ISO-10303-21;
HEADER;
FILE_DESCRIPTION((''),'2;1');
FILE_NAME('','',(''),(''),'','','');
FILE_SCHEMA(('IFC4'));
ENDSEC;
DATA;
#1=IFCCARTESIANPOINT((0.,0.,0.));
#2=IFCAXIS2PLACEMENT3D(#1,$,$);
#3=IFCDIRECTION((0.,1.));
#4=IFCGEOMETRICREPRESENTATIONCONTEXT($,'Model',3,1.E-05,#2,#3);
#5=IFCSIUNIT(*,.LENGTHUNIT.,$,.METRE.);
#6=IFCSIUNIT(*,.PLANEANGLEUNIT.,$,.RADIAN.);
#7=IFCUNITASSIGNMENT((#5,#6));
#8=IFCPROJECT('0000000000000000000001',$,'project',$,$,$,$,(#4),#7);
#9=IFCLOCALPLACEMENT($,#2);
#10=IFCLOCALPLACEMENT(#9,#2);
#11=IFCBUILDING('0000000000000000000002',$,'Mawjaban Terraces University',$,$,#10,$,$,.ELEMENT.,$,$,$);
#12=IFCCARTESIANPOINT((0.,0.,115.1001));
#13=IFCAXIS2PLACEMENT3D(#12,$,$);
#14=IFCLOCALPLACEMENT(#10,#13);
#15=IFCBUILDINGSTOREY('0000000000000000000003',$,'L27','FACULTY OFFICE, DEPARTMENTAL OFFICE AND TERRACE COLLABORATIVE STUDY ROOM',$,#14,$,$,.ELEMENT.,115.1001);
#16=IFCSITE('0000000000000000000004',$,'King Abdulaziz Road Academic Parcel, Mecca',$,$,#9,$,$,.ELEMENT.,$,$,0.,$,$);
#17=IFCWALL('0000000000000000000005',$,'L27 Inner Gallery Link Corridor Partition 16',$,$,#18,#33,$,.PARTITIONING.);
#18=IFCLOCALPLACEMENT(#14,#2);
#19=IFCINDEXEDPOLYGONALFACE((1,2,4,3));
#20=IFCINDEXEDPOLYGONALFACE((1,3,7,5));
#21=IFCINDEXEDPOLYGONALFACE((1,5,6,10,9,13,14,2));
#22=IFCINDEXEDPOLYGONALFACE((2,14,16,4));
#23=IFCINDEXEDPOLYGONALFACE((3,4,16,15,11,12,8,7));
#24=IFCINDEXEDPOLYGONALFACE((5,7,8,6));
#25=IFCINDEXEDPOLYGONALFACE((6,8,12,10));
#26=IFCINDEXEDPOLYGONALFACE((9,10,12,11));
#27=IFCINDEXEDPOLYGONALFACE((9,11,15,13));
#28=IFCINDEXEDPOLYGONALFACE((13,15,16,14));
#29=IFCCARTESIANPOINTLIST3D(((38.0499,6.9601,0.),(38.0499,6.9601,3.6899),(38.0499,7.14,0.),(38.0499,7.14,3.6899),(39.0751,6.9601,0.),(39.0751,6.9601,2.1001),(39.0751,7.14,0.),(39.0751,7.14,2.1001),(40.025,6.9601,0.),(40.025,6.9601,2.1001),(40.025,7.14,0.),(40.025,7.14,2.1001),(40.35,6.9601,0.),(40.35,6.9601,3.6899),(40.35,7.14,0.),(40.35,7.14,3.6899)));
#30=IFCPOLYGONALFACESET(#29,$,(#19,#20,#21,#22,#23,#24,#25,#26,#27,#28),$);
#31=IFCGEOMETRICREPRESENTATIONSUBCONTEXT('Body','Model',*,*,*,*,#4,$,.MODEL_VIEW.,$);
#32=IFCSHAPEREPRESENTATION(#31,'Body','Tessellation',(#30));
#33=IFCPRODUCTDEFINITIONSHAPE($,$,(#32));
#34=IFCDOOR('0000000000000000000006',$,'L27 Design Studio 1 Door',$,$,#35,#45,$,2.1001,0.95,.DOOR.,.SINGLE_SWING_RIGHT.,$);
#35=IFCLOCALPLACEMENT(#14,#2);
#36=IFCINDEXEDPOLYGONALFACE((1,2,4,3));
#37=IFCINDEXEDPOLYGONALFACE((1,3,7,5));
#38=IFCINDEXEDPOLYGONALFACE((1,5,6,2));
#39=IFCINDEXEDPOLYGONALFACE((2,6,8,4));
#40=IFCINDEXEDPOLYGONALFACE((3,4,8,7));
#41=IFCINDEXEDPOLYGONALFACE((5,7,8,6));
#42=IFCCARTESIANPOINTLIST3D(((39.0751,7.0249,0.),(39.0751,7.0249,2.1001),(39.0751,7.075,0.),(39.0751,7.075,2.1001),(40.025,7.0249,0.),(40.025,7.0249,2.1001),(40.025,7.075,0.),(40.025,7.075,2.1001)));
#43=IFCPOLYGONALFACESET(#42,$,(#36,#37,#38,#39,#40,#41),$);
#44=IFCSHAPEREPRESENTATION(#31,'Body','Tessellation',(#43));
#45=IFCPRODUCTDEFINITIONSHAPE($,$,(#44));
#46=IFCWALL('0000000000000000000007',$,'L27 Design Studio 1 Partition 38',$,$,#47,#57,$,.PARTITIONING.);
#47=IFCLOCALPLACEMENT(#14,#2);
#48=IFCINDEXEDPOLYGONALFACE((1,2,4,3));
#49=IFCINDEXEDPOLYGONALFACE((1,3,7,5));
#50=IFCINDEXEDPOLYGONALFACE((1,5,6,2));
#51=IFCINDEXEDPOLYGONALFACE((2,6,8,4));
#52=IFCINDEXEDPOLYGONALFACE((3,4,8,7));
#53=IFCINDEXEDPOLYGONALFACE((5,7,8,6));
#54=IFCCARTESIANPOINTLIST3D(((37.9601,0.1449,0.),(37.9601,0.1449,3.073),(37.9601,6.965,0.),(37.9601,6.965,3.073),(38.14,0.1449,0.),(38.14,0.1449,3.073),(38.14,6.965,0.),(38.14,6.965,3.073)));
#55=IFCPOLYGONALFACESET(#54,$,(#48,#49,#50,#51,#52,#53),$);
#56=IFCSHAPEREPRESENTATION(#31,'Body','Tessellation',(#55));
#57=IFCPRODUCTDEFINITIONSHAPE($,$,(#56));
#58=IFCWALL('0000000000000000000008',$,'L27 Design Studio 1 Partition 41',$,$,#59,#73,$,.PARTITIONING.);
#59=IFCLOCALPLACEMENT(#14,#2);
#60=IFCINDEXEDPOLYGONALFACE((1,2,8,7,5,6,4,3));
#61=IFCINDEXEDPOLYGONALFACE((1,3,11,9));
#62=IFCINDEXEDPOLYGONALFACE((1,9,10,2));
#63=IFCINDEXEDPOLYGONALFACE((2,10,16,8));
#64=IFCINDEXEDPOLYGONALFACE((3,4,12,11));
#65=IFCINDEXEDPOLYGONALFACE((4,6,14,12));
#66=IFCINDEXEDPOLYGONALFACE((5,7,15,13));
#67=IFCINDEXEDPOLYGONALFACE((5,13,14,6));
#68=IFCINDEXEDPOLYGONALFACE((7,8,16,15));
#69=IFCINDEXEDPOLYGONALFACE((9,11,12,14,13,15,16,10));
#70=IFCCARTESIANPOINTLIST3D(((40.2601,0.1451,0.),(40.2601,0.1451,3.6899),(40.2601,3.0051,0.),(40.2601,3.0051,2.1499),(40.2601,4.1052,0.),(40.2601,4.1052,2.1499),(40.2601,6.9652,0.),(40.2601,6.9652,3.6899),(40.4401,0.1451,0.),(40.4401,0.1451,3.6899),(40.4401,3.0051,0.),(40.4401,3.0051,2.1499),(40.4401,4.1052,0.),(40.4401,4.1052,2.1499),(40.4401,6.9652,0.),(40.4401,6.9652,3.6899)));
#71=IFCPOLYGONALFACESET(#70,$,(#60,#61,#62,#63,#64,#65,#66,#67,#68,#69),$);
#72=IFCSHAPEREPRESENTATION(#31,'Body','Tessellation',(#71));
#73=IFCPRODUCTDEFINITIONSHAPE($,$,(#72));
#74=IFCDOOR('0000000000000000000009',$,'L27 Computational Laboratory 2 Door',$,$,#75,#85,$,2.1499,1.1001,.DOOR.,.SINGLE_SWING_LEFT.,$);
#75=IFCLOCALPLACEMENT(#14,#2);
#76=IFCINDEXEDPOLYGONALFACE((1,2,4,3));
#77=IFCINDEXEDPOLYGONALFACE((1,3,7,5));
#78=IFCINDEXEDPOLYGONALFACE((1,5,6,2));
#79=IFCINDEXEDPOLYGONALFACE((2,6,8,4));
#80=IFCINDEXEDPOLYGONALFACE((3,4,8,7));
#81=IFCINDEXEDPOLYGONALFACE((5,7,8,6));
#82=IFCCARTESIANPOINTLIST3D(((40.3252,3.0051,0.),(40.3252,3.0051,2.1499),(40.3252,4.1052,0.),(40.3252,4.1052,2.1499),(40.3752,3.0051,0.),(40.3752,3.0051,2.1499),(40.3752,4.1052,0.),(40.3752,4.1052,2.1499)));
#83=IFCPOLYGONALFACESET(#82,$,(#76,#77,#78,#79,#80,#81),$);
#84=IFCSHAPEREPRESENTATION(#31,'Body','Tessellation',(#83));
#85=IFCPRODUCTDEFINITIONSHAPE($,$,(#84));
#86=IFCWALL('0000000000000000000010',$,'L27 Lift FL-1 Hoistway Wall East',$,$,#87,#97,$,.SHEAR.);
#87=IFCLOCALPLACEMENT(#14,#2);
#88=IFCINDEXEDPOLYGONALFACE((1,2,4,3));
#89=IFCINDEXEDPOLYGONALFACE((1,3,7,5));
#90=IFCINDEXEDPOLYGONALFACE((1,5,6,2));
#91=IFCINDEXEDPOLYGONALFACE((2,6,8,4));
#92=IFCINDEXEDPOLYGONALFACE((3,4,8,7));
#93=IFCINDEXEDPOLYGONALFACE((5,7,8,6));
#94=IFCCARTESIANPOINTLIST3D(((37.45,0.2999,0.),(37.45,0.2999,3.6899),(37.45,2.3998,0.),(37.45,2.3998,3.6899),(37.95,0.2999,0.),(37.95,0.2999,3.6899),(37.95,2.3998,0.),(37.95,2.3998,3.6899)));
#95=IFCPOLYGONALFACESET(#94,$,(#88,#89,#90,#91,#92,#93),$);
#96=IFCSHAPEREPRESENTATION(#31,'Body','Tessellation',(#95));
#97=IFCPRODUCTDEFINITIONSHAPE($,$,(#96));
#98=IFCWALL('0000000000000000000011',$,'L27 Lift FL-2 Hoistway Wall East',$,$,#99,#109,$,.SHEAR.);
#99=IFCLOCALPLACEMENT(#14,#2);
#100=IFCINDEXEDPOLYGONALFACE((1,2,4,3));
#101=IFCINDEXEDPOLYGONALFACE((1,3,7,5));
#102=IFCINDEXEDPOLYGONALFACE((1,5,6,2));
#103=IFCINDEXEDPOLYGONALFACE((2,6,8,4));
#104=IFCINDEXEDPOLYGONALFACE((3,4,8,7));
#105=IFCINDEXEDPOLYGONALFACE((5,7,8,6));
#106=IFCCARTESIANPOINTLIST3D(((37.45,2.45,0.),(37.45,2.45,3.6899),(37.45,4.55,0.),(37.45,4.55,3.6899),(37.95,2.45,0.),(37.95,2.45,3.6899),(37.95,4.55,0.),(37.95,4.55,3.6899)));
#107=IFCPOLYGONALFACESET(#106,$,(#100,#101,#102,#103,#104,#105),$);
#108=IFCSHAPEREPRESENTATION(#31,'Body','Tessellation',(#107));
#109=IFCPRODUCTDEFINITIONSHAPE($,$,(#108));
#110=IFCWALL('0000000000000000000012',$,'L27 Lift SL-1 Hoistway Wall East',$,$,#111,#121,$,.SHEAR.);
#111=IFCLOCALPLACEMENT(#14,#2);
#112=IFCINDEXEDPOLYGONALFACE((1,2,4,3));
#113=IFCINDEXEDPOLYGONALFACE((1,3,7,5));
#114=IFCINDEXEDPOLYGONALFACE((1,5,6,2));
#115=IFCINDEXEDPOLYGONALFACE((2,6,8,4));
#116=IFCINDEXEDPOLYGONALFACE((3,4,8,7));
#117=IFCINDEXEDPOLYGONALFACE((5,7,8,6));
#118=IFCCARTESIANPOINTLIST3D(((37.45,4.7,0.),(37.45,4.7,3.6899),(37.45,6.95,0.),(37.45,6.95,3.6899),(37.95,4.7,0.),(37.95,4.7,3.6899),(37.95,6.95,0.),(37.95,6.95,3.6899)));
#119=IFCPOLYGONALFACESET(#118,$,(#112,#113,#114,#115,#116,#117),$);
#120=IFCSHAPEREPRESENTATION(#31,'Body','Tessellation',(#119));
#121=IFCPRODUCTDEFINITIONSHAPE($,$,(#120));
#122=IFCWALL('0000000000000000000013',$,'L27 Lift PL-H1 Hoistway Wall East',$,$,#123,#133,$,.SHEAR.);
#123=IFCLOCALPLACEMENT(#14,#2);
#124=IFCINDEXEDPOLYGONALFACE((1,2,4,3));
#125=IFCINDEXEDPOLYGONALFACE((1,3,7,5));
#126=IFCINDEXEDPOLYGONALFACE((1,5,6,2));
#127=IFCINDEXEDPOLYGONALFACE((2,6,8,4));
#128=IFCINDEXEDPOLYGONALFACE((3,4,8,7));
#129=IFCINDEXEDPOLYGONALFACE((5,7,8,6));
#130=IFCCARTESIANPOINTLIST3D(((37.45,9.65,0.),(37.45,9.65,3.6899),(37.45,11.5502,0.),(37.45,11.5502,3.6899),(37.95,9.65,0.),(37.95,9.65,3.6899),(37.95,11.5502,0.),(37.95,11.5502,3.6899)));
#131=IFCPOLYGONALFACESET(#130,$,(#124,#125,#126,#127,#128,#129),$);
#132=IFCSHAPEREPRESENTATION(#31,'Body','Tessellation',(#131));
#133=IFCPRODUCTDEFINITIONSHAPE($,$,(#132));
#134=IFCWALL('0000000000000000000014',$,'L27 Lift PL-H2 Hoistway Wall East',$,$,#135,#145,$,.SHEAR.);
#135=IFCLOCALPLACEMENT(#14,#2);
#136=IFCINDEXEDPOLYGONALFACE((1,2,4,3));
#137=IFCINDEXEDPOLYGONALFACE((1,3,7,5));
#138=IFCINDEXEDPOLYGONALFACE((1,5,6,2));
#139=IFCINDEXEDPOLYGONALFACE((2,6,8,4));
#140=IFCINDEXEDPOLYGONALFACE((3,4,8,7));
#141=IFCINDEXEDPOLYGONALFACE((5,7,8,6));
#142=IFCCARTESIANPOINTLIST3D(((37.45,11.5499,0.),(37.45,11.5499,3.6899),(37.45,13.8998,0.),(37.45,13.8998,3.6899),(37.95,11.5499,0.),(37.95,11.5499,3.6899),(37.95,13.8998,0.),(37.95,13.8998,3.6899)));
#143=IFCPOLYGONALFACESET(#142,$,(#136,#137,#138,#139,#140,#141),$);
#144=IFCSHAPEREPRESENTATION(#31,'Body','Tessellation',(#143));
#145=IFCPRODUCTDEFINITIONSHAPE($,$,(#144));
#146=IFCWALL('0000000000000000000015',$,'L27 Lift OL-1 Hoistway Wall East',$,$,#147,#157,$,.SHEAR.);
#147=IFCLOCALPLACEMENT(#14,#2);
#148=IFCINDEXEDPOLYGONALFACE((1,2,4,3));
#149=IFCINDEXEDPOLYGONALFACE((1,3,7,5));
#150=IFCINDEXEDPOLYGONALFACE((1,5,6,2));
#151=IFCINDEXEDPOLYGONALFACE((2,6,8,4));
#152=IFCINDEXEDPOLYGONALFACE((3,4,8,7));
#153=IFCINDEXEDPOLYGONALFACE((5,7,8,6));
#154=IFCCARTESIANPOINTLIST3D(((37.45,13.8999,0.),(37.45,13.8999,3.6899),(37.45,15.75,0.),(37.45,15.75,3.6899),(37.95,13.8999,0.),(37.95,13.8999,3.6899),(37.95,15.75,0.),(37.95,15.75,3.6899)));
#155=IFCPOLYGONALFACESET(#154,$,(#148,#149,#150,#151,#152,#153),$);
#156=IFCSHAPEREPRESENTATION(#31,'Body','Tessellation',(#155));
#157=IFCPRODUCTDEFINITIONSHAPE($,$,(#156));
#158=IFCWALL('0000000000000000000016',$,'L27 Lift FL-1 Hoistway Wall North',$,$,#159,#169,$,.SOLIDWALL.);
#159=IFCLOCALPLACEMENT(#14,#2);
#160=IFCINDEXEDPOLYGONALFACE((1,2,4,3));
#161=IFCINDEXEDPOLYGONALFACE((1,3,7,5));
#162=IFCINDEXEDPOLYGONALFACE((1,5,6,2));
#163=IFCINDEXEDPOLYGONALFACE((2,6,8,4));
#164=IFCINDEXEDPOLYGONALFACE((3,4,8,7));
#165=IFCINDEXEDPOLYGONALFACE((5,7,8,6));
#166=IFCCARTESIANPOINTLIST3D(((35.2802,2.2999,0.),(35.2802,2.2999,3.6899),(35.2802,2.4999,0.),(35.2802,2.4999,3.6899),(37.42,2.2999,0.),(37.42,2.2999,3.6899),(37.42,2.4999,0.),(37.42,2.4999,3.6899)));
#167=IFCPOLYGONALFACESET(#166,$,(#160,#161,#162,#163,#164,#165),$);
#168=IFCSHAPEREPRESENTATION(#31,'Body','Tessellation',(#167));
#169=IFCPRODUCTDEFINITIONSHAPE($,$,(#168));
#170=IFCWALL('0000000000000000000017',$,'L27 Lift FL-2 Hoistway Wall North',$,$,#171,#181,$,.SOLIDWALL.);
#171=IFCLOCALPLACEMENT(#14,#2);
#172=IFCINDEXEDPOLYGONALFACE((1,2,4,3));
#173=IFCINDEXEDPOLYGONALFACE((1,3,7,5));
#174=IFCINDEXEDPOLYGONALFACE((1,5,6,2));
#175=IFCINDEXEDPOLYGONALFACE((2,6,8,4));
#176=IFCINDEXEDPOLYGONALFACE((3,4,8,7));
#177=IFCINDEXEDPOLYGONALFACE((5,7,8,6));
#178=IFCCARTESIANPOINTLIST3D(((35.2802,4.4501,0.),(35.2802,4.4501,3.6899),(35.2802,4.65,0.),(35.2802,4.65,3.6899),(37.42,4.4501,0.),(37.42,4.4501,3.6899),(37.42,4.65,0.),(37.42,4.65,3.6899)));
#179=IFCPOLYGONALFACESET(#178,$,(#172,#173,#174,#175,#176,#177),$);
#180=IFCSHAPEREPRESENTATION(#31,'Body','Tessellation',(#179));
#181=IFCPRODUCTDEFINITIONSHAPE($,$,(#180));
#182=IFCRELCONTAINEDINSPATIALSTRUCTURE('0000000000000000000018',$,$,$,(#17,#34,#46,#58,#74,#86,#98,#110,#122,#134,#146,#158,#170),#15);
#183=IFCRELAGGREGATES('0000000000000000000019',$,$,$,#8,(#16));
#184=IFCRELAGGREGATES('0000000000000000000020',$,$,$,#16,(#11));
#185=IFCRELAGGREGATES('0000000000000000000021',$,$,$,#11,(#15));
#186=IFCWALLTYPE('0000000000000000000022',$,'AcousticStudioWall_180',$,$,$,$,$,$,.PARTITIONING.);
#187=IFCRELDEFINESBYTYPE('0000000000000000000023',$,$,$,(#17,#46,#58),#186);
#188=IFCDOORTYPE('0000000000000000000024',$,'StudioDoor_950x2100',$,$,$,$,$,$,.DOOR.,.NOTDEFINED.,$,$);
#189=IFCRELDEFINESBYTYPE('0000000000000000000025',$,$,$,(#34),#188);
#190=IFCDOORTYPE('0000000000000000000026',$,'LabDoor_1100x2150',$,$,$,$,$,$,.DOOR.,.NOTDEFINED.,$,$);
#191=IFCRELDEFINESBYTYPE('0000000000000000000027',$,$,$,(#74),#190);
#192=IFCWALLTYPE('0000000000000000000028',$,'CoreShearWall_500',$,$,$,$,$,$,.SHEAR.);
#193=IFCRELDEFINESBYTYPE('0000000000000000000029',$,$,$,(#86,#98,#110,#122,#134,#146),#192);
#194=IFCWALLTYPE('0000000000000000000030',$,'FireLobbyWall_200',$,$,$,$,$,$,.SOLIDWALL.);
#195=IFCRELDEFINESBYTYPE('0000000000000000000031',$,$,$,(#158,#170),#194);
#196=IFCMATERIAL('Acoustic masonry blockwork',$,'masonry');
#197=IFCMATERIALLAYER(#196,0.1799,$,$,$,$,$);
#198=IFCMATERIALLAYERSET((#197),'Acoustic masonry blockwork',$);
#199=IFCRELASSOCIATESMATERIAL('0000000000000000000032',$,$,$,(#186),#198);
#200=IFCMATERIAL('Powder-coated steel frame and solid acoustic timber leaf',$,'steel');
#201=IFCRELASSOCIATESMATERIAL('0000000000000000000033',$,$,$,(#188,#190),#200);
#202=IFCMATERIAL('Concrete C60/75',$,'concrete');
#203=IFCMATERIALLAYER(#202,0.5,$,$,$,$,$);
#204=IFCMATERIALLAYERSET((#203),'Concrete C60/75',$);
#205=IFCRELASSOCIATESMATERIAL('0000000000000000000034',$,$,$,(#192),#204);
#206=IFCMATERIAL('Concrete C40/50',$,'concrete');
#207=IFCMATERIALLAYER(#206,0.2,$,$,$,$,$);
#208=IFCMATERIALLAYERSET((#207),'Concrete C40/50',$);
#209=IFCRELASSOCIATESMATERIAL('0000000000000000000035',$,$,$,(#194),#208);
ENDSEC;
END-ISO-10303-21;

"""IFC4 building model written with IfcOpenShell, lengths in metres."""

from ifc_helpers import new_model, si_unit, direction, frame, frame_2d, origin, place, context, subcontext, project, spatial, rectangle, extrude, material, layer, layer_set, type_object, element, fill, save


model = new_model("IFC4")

# Units and contexts
model_context = context("Model", 3, precision=1e-05, world=origin(), true_north=direction((0.0, 1.0)))
body_context = subcontext(model_context, "Body", "Model", "MODEL_VIEW")
ifc_project = project(units=[si_unit("LENGTHUNIT", "METRE"), si_unit("PLANEANGLEUNIT", "RADIAN")], contexts=[model_context])

# Site, building, storey
site_placement = place(None, origin())
site = spatial("IfcSite", under=ifc_project, at=site_placement, Name="King Abdulaziz Road Academic Parcel, Mecca", CompositionType="ELEMENT", RefElevation=0.0)
building_placement = place(site_placement, origin())
building = spatial("IfcBuilding", under=site, at=building_placement, Name="Mawjaban Terraces University", CompositionType="ELEMENT")
storey_placement = place(building_placement, frame((0.0, 0.0, 115.1001)))
storey = spatial("IfcBuildingStorey", under=building, at=storey_placement, Name="L27", Description="FACULTY OFFICE, DEPARTMENTAL OFFICE AND TERRACE COLLABORATIVE STUDY ROOM", CompositionType="ELEMENT", Elevation=115.1001)

# Shared definitions
ifc_material_1 = material(Name="Concrete C60/75", Category="concrete")

# Wall, opening, door
ifc_material_2 = material(Name="Acoustic masonry blockwork", Category="masonry")
ifc_layer_1 = layer(ifc_material_2, 0.1799)
ifc_layer_set_1 = layer_set([ifc_layer_1], Name="Acoustic masonry blockwork")
wall_type_1 = type_object("IfcWallType", Name="AcousticStudioWall_180", PredefinedType="PARTITIONING", material=ifc_layer_set_1)
wall_1_placement = place(storey_placement, frame((38.05, 7.05, 0.0), z_axis=(0.0, 0.0, 1.0), x_axis=(1.0, 0.0, 0.0)))
wall_1 = element("IfcWall", 1, at=wall_1_placement, inside=storey, type_object=wall_type_1, Name="L27 Inner Gallery Link Corridor Partition 16", PredefinedType="PARTITIONING", context=body_context, shape_type="SweptSolid", body=[
    extrude(rectangle(XDim=2.3, YDim=0.1799, at=frame_2d((1.1499, 0.0))), origin(), (0.0, 0.0, 1.0), 3.6899),
])
opening_1_placement = place(wall_1_placement, frame((1.0249, 0.0, 0.0)))
opening_1 = element("IfcOpeningElement", 2, at=opening_1_placement, cuts=wall_1, PredefinedType="OPENING", context=body_context, shape_type="SweptSolid", body=[
    extrude(rectangle(XDim=0.95, YDim=2.1001, at=frame_2d((0.4751, 1.05))), frame((0.0, 0.0999, 0.0), z_axis=(0.0, -1.0, 0.0), x_axis=(1.0, 0.0, 0.0)), (0.0, 0.0, 1.0), 0.2),
])
ifc_material_3 = material(Name="Powder-coated steel frame and solid acoustic timber leaf", Category="steel")
door_type_1 = type_object("IfcDoorType", Name="StudioDoor_950x2100", OperationType="NOTDEFINED", PredefinedType="DOOR", material=ifc_material_3)
door_1_placement = place(opening_1_placement, origin())
door_1 = element("IfcDoor", 3, at=door_1_placement, inside=storey, type_object=door_type_1, Name="L27 Design Studio 1 Door", OperationType="SINGLE_SWING_RIGHT", OverallHeight=2.1001, OverallWidth=0.95, PredefinedType="DOOR", context=body_context, shape_type="SweptSolid", body=[
    extrude(rectangle(XDim=0.95, YDim=2.1001, at=frame_2d((0.4751, 1.05))), frame((0.0, 0.0249, 0.0), z_axis=(0.0, -1.0, 0.0), x_axis=(1.0, 0.0, 0.0)), (0.0, 0.0, 1.0), 0.05),
])
fill(opening_1, door_1)

# Wall
wall_2_placement = place(storey_placement, frame((38.05, 6.9651, 0.0), z_axis=(0.0, 0.0, 1.0), x_axis=(0.0, -1.0, 0.0)))
element("IfcWall", 4, at=wall_2_placement, inside=storey, type_object=wall_type_1, Name="L27 Design Studio 1 Partition 38", PredefinedType="PARTITIONING", context=body_context, shape_type="SweptSolid", body=[
    extrude(rectangle(XDim=6.8201, YDim=0.1799, at=frame_2d((3.4102, 0.0))), origin(), (0.0, 0.0, 1.0), 3.073),
])

# Wall, opening, door
wall_3_placement = place(storey_placement, frame((40.3501, 0.145, 0.0), z_axis=(0.0, 0.0, 1.0), x_axis=(0.0, 1.0, 0.0)))
wall_3 = element("IfcWall", 5, at=wall_3_placement, inside=storey, type_object=wall_type_1, Name="L27 Design Studio 1 Partition 41", PredefinedType="PARTITIONING", context=body_context, shape_type="SweptSolid", body=[
    extrude(rectangle(XDim=6.8201, YDim=0.1799, at=frame_2d((3.4102, 0.0))), origin(), (0.0, 0.0, 1.0), 3.6899),
])
opening_2_placement = place(wall_3_placement, frame((2.8601, 0.0, 0.0)))
opening_2 = element("IfcOpeningElement", 6, at=opening_2_placement, cuts=wall_3, PredefinedType="OPENING", context=body_context, shape_type="SweptSolid", body=[
    extrude(rectangle(XDim=1.1001, YDim=2.1499, at=frame_2d((0.55, 1.075))), frame((0.0, 0.0999, 0.0), z_axis=(0.0, -1.0, 0.0), x_axis=(1.0, 0.0, 0.0)), (0.0, 0.0, 1.0), 0.2),
])
door_type_2 = type_object("IfcDoorType", Name="LabDoor_1100x2150", OperationType="NOTDEFINED", PredefinedType="DOOR", material=ifc_material_3)
door_2_placement = place(opening_2_placement, origin())
door_2 = element("IfcDoor", 7, at=door_2_placement, inside=storey, type_object=door_type_2, Name="L27 Computational Laboratory 2 Door", OperationType="SINGLE_SWING_LEFT", OverallHeight=2.1499, OverallWidth=1.1001, PredefinedType="DOOR", context=body_context, shape_type="SweptSolid", body=[
    extrude(rectangle(XDim=1.1001, YDim=2.1499, at=frame_2d((0.55, 1.075))), frame((0.0, 0.0249, 0.0), z_axis=(0.0, -1.0, 0.0), x_axis=(1.0, 0.0, 0.0)), (0.0, 0.0, 1.0), 0.05),
])
fill(opening_2, door_2)

# Walls
ifc_layer_2 = layer(ifc_material_1, 0.5)
ifc_layer_set_2 = layer_set([ifc_layer_2], Name="Concrete C60/75")
wall_type_2 = type_object("IfcWallType", Name="CoreShearWall_500", PredefinedType="SHEAR", material=ifc_layer_set_2)
wall_4_placement = place(storey_placement, frame((37.7, 0.3, 0.0), z_axis=(0.0, 0.0, 1.0), x_axis=(0.0, 1.0, 0.0)))
element("IfcWall", 8, at=wall_4_placement, inside=storey, type_object=wall_type_2, Name="L27 Lift FL-1 Hoistway Wall East", PredefinedType="SHEAR", context=body_context, shape_type="SweptSolid", body=[
    extrude(rectangle(XDim=2.0999, YDim=0.5, at=frame_2d((1.0498, 0.0))), origin(), (0.0, 0.0, 1.0), 3.6899),
])
wall_5_placement = place(storey_placement, frame((37.7, 2.45, 0.0), z_axis=(0.0, 0.0, 1.0), x_axis=(0.0, 1.0, 0.0)))
element("IfcWall", 9, at=wall_5_placement, inside=storey, type_object=wall_type_2, Name="L27 Lift FL-2 Hoistway Wall East", PredefinedType="SHEAR", context=body_context, shape_type="SweptSolid", body=[
    extrude(rectangle(XDim=2.1001, YDim=0.5, at=frame_2d((1.05, 0.0))), origin(), (0.0, 0.0, 1.0), 3.6899),
])
wall_6_placement = place(storey_placement, frame((37.7, 4.7, 0.0), z_axis=(0.0, 0.0, 1.0), x_axis=(0.0, 1.0, 0.0)))
element("IfcWall", 10, at=wall_6_placement, inside=storey, type_object=wall_type_2, Name="L27 Lift SL-1 Hoistway Wall East", PredefinedType="SHEAR", context=body_context, shape_type="SweptSolid", body=[
    extrude(rectangle(XDim=2.25, YDim=0.5, at=frame_2d((1.125, 0.0))), origin(), (0.0, 0.0, 1.0), 3.6899),
])
wall_7_placement = place(storey_placement, frame((37.7, 9.6499, 0.0), z_axis=(0.0, 0.0, 1.0), x_axis=(0.0, 1.0, 0.0)))
element("IfcWall", 11, at=wall_7_placement, inside=storey, type_object=wall_type_2, Name="L27 Lift PL-H1 Hoistway Wall East", PredefinedType="SHEAR", context=body_context, shape_type="SweptSolid", body=[
    extrude(rectangle(XDim=1.9001, YDim=0.5, at=frame_2d((0.9502, 0.0))), origin(), (0.0, 0.0, 1.0), 3.6899),
])
wall_8_placement = place(storey_placement, frame((37.7, 11.55, 0.0), z_axis=(0.0, 0.0, 1.0), x_axis=(0.0, 1.0, 0.0)))
element("IfcWall", 12, at=wall_8_placement, inside=storey, type_object=wall_type_2, Name="L27 Lift PL-H2 Hoistway Wall East", PredefinedType="SHEAR", context=body_context, shape_type="SweptSolid", body=[
    extrude(rectangle(XDim=2.3499, YDim=0.5, at=frame_2d((1.1748, 0.0))), origin(), (0.0, 0.0, 1.0), 3.6899),
])
wall_9_placement = place(storey_placement, frame((37.7, 13.8999, 0.0), z_axis=(0.0, 0.0, 1.0), x_axis=(0.0, 1.0, 0.0)))
element("IfcWall", 13, at=wall_9_placement, inside=storey, type_object=wall_type_2, Name="L27 Lift OL-1 Hoistway Wall East", PredefinedType="SHEAR", context=body_context, shape_type="SweptSolid", body=[
    extrude(rectangle(XDim=1.8501, YDim=0.5, at=frame_2d((0.925, 0.0))), origin(), (0.0, 0.0, 1.0), 3.6899),
])
ifc_material_4 = material(Name="Concrete C40/50", Category="concrete")
ifc_layer_3 = layer(ifc_material_4, 0.2)
ifc_layer_set_3 = layer_set([ifc_layer_3], Name="Concrete C40/50")
wall_type_3 = type_object("IfcWallType", Name="FireLobbyWall_200", PredefinedType="SOLIDWALL", material=ifc_layer_set_3)
for number, where, z_axis, x_axis, name in (
    (14, (37.4199, 2.3999, 0.0), (0.0, 0.0, 1.0), (-1.0, 0.0, 0.0), "L27 Lift FL-1 Hoistway Wall North"),
    (15, (37.4199, 4.55, 0.0), (0.0, 0.0, 1.0), (-1.0, 0.0, 0.0), "L27 Lift FL-2 Hoistway Wall North"),
):
    element("IfcWall", number, at=place(storey_placement, frame(where, z_axis=z_axis, x_axis=x_axis)), inside=storey, type_object=wall_type_3, Name=name, PredefinedType="SOLIDWALL", context=body_context, shape_type="SweptSolid", body=[
        extrude(rectangle(XDim=2.1399, YDim=0.2, at=frame_2d((1.0698, 0.0))), origin(), (0.0, 0.0, 1.0), 3.6899),
    ])

save(model, "model.ifc")
